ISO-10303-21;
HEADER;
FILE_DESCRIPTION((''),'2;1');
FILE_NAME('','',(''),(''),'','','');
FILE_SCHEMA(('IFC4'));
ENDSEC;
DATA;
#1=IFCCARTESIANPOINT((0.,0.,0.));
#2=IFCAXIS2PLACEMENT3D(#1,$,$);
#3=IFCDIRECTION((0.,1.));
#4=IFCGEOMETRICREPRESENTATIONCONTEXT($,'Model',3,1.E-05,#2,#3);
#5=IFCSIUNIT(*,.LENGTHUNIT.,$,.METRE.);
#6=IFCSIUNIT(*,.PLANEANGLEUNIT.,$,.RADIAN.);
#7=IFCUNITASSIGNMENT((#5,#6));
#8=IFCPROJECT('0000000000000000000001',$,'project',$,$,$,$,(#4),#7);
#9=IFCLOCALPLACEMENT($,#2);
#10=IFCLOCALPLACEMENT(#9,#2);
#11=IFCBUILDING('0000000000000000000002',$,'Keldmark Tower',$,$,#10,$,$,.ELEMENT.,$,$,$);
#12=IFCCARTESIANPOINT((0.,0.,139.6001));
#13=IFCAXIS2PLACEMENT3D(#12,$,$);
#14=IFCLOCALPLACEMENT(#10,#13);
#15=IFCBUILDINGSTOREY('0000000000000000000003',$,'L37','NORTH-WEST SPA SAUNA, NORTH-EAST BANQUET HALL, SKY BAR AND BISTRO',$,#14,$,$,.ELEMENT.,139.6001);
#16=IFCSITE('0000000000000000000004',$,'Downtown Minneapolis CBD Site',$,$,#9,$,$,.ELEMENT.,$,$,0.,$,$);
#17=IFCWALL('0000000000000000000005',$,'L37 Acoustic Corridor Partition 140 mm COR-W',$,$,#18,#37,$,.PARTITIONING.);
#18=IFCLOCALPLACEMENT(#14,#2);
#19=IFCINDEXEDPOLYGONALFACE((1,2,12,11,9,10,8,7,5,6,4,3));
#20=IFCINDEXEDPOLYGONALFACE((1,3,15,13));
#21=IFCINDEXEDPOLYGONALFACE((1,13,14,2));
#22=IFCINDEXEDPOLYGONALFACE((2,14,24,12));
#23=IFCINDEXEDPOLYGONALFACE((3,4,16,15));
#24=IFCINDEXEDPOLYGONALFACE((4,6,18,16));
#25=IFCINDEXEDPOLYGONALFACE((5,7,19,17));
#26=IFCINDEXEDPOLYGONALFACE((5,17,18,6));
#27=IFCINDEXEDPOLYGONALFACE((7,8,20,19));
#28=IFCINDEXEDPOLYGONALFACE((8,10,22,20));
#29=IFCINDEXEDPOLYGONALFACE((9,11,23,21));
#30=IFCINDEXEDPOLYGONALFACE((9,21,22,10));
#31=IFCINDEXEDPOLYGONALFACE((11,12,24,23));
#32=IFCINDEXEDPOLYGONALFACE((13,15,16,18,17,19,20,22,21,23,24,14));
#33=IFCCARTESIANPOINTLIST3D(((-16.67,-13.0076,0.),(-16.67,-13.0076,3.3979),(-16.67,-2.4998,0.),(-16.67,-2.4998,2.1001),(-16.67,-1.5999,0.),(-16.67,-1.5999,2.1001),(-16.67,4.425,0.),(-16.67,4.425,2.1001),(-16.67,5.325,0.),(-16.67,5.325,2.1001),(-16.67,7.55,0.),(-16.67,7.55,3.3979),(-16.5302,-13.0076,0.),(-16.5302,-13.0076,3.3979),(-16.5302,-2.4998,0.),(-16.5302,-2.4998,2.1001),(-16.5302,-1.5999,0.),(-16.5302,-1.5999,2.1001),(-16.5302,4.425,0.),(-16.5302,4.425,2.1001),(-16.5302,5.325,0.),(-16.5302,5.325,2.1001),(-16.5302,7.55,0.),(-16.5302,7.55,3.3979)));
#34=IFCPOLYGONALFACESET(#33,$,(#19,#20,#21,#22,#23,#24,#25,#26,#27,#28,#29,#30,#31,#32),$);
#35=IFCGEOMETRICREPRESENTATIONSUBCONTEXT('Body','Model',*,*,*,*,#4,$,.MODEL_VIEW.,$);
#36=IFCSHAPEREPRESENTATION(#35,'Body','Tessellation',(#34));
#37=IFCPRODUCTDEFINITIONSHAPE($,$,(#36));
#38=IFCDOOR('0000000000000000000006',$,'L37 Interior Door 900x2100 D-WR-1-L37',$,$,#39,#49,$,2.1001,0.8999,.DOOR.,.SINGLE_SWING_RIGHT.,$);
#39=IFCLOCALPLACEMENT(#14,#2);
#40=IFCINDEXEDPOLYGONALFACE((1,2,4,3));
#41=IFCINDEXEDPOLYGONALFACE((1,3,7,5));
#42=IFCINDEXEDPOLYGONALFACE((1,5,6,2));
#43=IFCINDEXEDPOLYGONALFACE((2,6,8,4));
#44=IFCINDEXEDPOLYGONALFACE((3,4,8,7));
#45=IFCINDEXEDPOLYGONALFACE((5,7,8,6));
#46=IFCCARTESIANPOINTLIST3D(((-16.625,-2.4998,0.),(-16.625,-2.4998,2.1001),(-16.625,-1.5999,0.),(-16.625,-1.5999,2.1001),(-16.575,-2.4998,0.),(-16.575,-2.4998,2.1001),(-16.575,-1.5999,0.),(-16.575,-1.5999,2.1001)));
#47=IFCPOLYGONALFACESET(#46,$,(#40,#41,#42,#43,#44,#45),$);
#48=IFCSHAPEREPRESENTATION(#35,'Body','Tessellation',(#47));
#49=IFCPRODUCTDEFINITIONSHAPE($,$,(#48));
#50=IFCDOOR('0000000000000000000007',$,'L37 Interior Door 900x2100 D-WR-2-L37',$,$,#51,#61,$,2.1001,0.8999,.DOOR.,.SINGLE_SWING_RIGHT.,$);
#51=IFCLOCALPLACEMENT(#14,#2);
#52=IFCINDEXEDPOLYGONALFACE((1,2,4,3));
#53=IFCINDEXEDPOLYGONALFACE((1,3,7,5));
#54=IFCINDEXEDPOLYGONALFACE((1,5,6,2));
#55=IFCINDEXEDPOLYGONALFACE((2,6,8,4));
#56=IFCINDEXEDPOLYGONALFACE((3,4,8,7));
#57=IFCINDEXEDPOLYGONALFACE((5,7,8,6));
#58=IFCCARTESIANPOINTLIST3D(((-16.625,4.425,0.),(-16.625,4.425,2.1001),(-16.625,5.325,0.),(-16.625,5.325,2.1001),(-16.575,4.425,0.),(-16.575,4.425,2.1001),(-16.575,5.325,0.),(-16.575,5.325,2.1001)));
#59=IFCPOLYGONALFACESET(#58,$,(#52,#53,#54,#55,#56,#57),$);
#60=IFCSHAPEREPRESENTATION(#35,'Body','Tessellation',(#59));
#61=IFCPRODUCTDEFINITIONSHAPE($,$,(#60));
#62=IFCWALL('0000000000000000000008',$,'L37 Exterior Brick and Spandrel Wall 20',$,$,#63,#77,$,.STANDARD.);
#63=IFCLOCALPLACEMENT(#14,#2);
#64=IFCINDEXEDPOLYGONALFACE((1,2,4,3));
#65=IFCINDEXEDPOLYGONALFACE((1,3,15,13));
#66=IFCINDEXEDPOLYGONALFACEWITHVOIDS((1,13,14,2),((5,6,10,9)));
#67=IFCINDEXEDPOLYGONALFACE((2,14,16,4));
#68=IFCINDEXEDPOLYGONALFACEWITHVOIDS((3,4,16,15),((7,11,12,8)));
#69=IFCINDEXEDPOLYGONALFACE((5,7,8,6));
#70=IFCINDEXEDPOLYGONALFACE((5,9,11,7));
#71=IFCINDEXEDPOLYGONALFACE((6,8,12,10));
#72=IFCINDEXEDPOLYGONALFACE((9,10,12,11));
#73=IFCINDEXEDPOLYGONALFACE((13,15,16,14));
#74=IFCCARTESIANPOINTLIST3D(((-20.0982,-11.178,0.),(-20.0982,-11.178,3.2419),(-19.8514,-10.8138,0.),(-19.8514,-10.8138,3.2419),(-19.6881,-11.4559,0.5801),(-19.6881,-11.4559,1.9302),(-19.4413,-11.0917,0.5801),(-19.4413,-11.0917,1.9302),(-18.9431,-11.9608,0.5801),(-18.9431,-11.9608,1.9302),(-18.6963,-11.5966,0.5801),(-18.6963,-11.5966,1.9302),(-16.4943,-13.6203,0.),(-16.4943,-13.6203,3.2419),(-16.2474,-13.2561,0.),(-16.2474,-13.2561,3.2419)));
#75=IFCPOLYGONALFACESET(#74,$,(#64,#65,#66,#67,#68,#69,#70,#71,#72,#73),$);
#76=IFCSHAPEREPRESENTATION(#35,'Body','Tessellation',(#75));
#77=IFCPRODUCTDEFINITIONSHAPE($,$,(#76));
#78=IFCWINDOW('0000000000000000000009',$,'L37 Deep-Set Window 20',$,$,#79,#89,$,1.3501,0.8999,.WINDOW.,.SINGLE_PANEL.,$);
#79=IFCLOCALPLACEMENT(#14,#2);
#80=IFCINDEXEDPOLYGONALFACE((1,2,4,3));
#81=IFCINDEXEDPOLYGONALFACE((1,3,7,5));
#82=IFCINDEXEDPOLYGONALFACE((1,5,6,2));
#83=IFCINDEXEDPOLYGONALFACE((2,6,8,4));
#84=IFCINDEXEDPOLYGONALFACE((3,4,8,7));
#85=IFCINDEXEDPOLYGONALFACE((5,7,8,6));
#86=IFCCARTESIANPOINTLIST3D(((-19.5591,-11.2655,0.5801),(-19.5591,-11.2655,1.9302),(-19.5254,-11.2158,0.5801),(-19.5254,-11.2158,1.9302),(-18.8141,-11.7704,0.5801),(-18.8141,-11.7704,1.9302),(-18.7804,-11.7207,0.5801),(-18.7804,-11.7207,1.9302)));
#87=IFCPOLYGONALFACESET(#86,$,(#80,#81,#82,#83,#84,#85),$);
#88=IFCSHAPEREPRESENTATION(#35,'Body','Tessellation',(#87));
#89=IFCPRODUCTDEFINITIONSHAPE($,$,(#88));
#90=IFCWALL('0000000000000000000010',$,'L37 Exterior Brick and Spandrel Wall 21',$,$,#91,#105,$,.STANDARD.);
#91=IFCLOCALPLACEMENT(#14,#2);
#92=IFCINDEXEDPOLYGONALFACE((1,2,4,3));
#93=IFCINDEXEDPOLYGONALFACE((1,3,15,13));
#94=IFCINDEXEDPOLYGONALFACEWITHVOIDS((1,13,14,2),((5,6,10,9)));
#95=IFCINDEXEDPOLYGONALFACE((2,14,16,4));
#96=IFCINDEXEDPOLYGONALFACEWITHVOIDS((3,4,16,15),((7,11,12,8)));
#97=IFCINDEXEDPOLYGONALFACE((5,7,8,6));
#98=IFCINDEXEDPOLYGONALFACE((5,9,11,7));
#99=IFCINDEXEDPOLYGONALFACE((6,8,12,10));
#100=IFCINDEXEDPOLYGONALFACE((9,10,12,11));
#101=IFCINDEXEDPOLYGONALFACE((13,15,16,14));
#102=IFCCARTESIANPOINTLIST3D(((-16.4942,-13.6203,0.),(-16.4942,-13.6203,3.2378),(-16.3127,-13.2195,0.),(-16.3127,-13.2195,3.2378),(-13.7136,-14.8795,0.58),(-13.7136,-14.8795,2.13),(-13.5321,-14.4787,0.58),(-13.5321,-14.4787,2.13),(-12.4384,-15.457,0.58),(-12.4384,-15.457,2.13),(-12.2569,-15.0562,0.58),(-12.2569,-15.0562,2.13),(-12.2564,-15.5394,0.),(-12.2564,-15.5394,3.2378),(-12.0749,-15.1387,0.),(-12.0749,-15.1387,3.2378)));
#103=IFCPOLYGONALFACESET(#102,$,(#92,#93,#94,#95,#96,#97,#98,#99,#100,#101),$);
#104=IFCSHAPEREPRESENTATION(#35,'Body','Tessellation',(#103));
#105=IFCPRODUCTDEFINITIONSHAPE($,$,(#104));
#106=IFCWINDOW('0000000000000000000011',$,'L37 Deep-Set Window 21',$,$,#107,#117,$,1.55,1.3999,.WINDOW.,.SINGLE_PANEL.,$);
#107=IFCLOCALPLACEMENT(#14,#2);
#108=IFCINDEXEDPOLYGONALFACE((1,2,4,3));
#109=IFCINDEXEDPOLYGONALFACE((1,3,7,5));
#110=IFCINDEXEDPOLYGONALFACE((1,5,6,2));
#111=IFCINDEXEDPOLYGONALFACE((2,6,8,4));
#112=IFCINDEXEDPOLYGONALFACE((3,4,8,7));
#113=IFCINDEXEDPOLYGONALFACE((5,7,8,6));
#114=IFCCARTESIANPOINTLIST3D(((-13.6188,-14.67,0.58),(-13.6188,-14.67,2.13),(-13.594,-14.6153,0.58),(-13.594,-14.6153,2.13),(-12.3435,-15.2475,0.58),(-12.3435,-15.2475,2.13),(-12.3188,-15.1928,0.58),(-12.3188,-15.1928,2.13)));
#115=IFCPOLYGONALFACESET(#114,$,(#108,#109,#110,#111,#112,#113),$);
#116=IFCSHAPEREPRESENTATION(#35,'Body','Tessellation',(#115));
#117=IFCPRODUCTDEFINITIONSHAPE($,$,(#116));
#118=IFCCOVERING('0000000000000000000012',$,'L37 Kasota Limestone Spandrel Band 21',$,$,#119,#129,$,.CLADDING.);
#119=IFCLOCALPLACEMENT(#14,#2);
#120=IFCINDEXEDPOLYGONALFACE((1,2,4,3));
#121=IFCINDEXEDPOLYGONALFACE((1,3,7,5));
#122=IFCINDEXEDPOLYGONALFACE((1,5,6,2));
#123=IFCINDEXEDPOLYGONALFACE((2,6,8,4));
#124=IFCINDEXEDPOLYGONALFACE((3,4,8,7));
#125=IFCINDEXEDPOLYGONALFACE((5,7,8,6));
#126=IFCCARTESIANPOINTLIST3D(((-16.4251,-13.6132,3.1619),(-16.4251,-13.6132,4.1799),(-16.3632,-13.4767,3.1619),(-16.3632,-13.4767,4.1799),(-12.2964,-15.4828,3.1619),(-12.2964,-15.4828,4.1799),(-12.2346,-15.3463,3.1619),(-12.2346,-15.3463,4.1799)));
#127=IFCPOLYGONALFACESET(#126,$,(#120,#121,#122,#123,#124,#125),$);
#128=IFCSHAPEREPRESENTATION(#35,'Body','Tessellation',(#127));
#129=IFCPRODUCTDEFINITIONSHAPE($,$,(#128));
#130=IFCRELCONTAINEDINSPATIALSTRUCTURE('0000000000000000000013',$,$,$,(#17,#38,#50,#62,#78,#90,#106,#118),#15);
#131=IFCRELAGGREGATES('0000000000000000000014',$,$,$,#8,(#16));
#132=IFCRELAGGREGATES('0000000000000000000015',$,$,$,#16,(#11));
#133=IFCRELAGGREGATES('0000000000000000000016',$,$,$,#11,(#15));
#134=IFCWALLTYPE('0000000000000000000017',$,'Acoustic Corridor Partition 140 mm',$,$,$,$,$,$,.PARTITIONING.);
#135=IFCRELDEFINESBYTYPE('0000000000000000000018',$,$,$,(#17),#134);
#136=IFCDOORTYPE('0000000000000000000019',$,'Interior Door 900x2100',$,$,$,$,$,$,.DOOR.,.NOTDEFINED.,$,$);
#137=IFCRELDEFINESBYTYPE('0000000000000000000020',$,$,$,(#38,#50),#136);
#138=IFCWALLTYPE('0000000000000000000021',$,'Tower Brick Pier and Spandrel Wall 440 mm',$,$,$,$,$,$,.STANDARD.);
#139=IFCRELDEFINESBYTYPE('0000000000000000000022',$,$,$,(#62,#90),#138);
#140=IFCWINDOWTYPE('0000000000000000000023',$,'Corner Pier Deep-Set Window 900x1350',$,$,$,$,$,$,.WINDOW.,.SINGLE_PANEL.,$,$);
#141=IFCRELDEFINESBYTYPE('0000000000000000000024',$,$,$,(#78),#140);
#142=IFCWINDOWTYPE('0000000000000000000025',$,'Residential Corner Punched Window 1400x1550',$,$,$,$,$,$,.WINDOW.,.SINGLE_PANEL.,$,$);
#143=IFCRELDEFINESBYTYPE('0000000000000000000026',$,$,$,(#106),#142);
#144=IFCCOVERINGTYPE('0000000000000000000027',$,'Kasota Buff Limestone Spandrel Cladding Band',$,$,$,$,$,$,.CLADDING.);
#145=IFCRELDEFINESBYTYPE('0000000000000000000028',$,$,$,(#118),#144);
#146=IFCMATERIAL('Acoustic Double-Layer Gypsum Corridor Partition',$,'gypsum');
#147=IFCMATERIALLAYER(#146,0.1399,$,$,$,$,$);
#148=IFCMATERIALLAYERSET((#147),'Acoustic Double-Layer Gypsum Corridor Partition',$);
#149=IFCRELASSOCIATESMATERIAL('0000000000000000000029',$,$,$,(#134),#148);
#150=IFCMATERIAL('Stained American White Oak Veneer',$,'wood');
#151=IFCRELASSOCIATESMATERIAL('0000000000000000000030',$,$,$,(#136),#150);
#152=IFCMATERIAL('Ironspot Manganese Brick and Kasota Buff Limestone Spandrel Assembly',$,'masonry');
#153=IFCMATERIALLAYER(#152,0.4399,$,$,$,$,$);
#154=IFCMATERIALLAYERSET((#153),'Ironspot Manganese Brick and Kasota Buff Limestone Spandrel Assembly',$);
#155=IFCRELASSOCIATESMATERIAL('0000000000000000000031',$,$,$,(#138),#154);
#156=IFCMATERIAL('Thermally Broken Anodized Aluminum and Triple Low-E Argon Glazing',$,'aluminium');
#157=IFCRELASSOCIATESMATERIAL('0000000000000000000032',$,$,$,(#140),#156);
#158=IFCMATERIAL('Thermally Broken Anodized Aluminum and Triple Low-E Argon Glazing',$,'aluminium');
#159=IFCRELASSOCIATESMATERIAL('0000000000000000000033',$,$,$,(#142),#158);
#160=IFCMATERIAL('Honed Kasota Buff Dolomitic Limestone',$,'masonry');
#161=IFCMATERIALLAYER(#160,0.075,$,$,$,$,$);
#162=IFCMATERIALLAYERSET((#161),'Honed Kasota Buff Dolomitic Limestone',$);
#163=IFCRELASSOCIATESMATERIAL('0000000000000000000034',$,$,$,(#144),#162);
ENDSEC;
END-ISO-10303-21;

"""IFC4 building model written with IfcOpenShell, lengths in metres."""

from ifc_helpers import new_model, si_unit, direction, frame, frame_2d, origin, origin_2d, place, context, subcontext, project, spatial, rectangle, extrude, material, layer, layer_set, type_object, element, fill, save


model = new_model("IFC4")

# Units and contexts
model_context = context("Model", 3, precision=1e-05, world=origin(), true_north=direction((0.0, 1.0)))
body_context = subcontext(model_context, "Body", "Model", "MODEL_VIEW")
ifc_project = project(units=[si_unit("LENGTHUNIT", "METRE"), si_unit("PLANEANGLEUNIT", "RADIAN")], contexts=[model_context])

# Site, building, storey
site_placement = place(None, origin())
site = spatial("IfcSite", under=ifc_project, at=site_placement, Name="Downtown Minneapolis CBD Site", CompositionType="ELEMENT", RefElevation=0.0)
building_placement = place(site_placement, origin())
building = spatial("IfcBuilding", under=site, at=building_placement, Name="Keldmark Tower", CompositionType="ELEMENT")
storey_placement = place(building_placement, frame((0.0, 0.0, 139.6001)))
storey = spatial("IfcBuildingStorey", under=building, at=storey_placement, Name="L37", Description="NORTH-WEST SPA SAUNA, NORTH-EAST BANQUET HALL, SKY BAR AND BISTRO", CompositionType="ELEMENT", Elevation=139.6001)

# Wall, openings, doors
ifc_material_1 = material(Name="Acoustic Double-Layer Gypsum Corridor Partition", Category="gypsum")
ifc_layer_1 = layer(ifc_material_1, 0.1399)
ifc_layer_set_1 = layer_set([ifc_layer_1], Name="Acoustic Double-Layer Gypsum Corridor Partition")
wall_type_1 = type_object("IfcWallType", Name="Acoustic Corridor Partition 140 mm", PredefinedType="PARTITIONING", material=ifc_layer_set_1)
ifc_material_2 = material(Name="Stained American White Oak Veneer", Category="wood")
door_type = type_object("IfcDoorType", Name="Interior Door 900x2100", OperationType="NOTDEFINED", PredefinedType="DOOR", material=ifc_material_2)
wall_1_placement = place(storey_placement, frame((-16.6001, -13.0076, 0.0), z_axis=(0.0, 0.0, 1.0), x_axis=(0.0, 1.0, 0.0)))
wall_1 = element("IfcWall", 1, at=wall_1_placement, inside=storey, type_object=wall_type_1, Name="L37 Acoustic Corridor Partition 140 mm COR-W", PredefinedType="PARTITIONING", context=body_context, shape_type="SweptSolid", body=[
    extrude(rectangle(XDim=20.5576, YDim=0.1399, at=frame_2d((10.2788, 0.0))), origin(), (0.0, 0.0, 1.0), 3.3979),
])
opening_1_placement = place(wall_1_placement, frame((10.5078, 0.0, 0.0)))
opening_1 = element("IfcOpeningElement", 2, at=opening_1_placement, cuts=wall_1, PredefinedType="OPENING", context=body_context, shape_type="SweptSolid", body=[
    extrude(rectangle(XDim=0.8999, YDim=2.1001, at=frame_2d((0.45, 1.05))), frame((0.0, 0.0798, 0.0), z_axis=(0.0, -1.0, 0.0), x_axis=(1.0, 0.0, 0.0)), (0.0, 0.0, 1.0), 0.1599),
])
opening_2_placement = place(wall_1_placement, frame((17.4326, 0.0, 0.0)))
opening_2 = element("IfcOpeningElement", 3, at=opening_2_placement, cuts=wall_1, PredefinedType="OPENING", context=body_context, shape_type="SweptSolid", body=[
    extrude(rectangle(XDim=0.8999, YDim=2.1001, at=frame_2d((0.45, 1.05))), frame((0.0, 0.0798, 0.0), z_axis=(0.0, -1.0, 0.0), x_axis=(1.0, 0.0, 0.0)), (0.0, 0.0, 1.0), 0.1599),
])
door_1_placement = place(opening_1_placement, origin())
door_1 = element("IfcDoor", 4, at=door_1_placement, inside=storey, type_object=door_type, Name="L37 Interior Door 900x2100 D-WR-1-L37", OperationType="SINGLE_SWING_RIGHT", OverallHeight=2.1001, OverallWidth=0.8999, PredefinedType="DOOR", context=body_context, shape_type="SweptSolid", body=[
    extrude(rectangle(XDim=0.8999, YDim=2.1001, at=frame_2d((0.45, 1.05))), frame((0.0, 0.0249, 0.0), z_axis=(0.0, -1.0, 0.0), x_axis=(1.0, 0.0, 0.0)), (0.0, 0.0, 1.0), 0.05),
])
fill(opening_1, door_1)
door_2_placement = place(opening_2_placement, origin())
door_2 = element("IfcDoor", 5, at=door_2_placement, inside=storey, type_object=door_type, Name="L37 Interior Door 900x2100 D-WR-2-L37", OperationType="SINGLE_SWING_RIGHT", OverallHeight=2.1001, OverallWidth=0.8999, PredefinedType="DOOR", context=body_context, shape_type="SweptSolid", body=[
    extrude(rectangle(XDim=0.8999, YDim=2.1001, at=frame_2d((0.45, 1.05))), frame((0.0, 0.0249, 0.0), z_axis=(0.0, -1.0, 0.0), x_axis=(1.0, 0.0, 0.0)), (0.0, 0.0, 1.0), 0.05),
])
fill(opening_2, door_2)

# Walls, openings, windows
ifc_material_3 = material(Name="Ironspot Manganese Brick and Kasota Buff Limestone Spandrel Assembly", Category="masonry")
ifc_layer_2 = layer(ifc_material_3, 0.4399)
ifc_layer_set_2 = layer_set([ifc_layer_2], Name="Ironspot Manganese Brick and Kasota Buff Limestone Spandrel Assembly")
wall_type_2 = type_object("IfcWallType", Name="Tower Brick Pier and Spandrel Wall 440 mm", PredefinedType="STANDARD", material=ifc_layer_set_2)
wall_2_placement = place(storey_placement, frame((-16.3708, -13.4382, 0.0), z_axis=(0.0, 0.0, 1.0), x_axis=(-0.827816, 0.560999, 0.0)))
wall_2 = element("IfcWall", 6, at=wall_2_placement, inside=storey, type_object=wall_type_2, Name="L37 Exterior Brick and Spandrel Wall 20", PredefinedType="STANDARD", context=body_context, shape_type="SweptSolid", body=[
    extrude(rectangle(XDim=4.3535, YDim=0.4399, at=frame_2d((2.1768, 0.0))), origin(), (0.0, 0.0, 1.0), 3.2419),
])
opening_3_placement = place(wall_2_placement, frame((2.9583, 0.0, 0.5801)))
opening_3 = element("IfcOpeningElement", 7, at=opening_3_placement, cuts=wall_2, PredefinedType="OPENING", context=body_context, shape_type="SweptSolid", body=[
    extrude(rectangle(XDim=0.8999, YDim=1.3501, at=frame_2d((0.45, 0.675))), frame((0.0, 0.23, 0.0), z_axis=(0.0, -1.0, 0.0), x_axis=(1.0, 0.0, 0.0)), (0.0, 0.0, 1.0), 0.46),
])
ifc_material_4 = material(Name="Thermally Broken Anodized Aluminum and Triple Low-E Argon Glazing", Category="aluminium")
window_type_1 = type_object("IfcWindowType", Name="Corner Pier Deep-Set Window 900x1350", PartitioningType="SINGLE_PANEL", PredefinedType="WINDOW", material=ifc_material_4)
window_1_placement = place(opening_3_placement, origin())
window_1 = element("IfcWindow", 8, at=window_1_placement, inside=storey, type_object=window_type_1, Name="L37 Deep-Set Window 20", OverallHeight=1.3501, OverallWidth=0.8999, PartitioningType="SINGLE_PANEL", PredefinedType="WINDOW", context=body_context, shape_type="SweptSolid", body=[
    extrude(rectangle(XDim=0.8999, YDim=1.3501, at=frame_2d((0.45, 0.675))), frame((0.0, -0.01, 0.0), z_axis=(0.0, -1.0, 0.0), x_axis=(1.0, 0.0, 0.0)), (0.0, 0.0, 1.0), 0.0601),
])
fill(opening_3, window_1)
wall_3_placement = place(storey_placement, frame((-12.1655, -15.3391, 0.0), z_axis=(0.0, 0.0, 1.0), x_axis=(-0.910939, 0.412541, 0.0)))
wall_3 = element("IfcWall", 9, at=wall_3_placement, inside=storey, type_object=wall_type_2, Name="L37 Exterior Brick and Spandrel Wall 21", PredefinedType="STANDARD", context=body_context, shape_type="SweptSolid", body=[
    extrude(rectangle(XDim=4.6521, YDim=0.4399, at=frame_2d((2.3262, 0.0))), origin(), (0.0, 0.0, 1.0), 3.2378),
])
opening_4_placement = place(wall_3_placement, frame((0.2, 0.0, 0.5801)))
opening_4 = element("IfcOpeningElement", 10, at=opening_4_placement, cuts=wall_3, PredefinedType="OPENING", context=body_context, shape_type="SweptSolid", body=[
    extrude(rectangle(XDim=1.3999, YDim=1.55, at=frame_2d((0.7, 0.7749))), frame((0.0, 0.23, 0.0), z_axis=(0.0, -1.0, 0.0), x_axis=(1.0, 0.0, 0.0)), (0.0, 0.0, 1.0), 0.46),
])
ifc_material_5 = material(Name="Thermally Broken Anodized Aluminum and Triple Low-E Argon Glazing", Category="aluminium")
window_type_2 = type_object("IfcWindowType", Name="Residential Corner Punched Window 1400x1550", PartitioningType="SINGLE_PANEL", PredefinedType="WINDOW", material=ifc_material_5)
window_2_placement = place(opening_4_placement, origin())
window_2 = element("IfcWindow", 11, at=window_2_placement, inside=storey, type_object=window_type_2, Name="L37 Deep-Set Window 21", OverallHeight=1.55, OverallWidth=1.3999, PartitioningType="SINGLE_PANEL", PredefinedType="WINDOW", context=body_context, shape_type="SweptSolid", body=[
    extrude(rectangle(XDim=1.3999, YDim=1.55, at=frame_2d((0.7, 0.7749))), frame((0.0, -0.01, 0.0), z_axis=(0.0, -1.0, 0.0), x_axis=(1.0, 0.0, 0.0)), (0.0, 0.0, 1.0), 0.0601),
])
fill(opening_4, window_2)

# Covering
ifc_material_6 = material(Name="Honed Kasota Buff Dolomitic Limestone", Category="masonry")
ifc_layer_3 = layer(ifc_material_6, 0.075)
ifc_layer_set_3 = layer_set([ifc_layer_3], Name="Honed Kasota Buff Dolomitic Limestone")
covering_type = type_object("IfcCoveringType", Name="Kasota Buff Limestone Spandrel Cladding Band", PredefinedType="CLADDING", material=ifc_layer_set_3)
covering_placement = place(storey_placement, frame((-14.3298, -14.4797, 3.1619), z_axis=(0.0, 0.0, 1.0), x_axis=(0.91095, -0.412516, 0.0)))
element("IfcCovering", 12, at=covering_placement, inside=storey, type_object=covering_type, Name="L37 Kasota Limestone Spandrel Band 21", PredefinedType="CLADDING", context=body_context, shape_type="SweptSolid", body=[
    extrude(rectangle(XDim=4.5322, YDim=0.1499, at=origin_2d()), origin(), (0.0, 0.0, 1.0), 1.0181),
])

save(model, "model.ifc")
